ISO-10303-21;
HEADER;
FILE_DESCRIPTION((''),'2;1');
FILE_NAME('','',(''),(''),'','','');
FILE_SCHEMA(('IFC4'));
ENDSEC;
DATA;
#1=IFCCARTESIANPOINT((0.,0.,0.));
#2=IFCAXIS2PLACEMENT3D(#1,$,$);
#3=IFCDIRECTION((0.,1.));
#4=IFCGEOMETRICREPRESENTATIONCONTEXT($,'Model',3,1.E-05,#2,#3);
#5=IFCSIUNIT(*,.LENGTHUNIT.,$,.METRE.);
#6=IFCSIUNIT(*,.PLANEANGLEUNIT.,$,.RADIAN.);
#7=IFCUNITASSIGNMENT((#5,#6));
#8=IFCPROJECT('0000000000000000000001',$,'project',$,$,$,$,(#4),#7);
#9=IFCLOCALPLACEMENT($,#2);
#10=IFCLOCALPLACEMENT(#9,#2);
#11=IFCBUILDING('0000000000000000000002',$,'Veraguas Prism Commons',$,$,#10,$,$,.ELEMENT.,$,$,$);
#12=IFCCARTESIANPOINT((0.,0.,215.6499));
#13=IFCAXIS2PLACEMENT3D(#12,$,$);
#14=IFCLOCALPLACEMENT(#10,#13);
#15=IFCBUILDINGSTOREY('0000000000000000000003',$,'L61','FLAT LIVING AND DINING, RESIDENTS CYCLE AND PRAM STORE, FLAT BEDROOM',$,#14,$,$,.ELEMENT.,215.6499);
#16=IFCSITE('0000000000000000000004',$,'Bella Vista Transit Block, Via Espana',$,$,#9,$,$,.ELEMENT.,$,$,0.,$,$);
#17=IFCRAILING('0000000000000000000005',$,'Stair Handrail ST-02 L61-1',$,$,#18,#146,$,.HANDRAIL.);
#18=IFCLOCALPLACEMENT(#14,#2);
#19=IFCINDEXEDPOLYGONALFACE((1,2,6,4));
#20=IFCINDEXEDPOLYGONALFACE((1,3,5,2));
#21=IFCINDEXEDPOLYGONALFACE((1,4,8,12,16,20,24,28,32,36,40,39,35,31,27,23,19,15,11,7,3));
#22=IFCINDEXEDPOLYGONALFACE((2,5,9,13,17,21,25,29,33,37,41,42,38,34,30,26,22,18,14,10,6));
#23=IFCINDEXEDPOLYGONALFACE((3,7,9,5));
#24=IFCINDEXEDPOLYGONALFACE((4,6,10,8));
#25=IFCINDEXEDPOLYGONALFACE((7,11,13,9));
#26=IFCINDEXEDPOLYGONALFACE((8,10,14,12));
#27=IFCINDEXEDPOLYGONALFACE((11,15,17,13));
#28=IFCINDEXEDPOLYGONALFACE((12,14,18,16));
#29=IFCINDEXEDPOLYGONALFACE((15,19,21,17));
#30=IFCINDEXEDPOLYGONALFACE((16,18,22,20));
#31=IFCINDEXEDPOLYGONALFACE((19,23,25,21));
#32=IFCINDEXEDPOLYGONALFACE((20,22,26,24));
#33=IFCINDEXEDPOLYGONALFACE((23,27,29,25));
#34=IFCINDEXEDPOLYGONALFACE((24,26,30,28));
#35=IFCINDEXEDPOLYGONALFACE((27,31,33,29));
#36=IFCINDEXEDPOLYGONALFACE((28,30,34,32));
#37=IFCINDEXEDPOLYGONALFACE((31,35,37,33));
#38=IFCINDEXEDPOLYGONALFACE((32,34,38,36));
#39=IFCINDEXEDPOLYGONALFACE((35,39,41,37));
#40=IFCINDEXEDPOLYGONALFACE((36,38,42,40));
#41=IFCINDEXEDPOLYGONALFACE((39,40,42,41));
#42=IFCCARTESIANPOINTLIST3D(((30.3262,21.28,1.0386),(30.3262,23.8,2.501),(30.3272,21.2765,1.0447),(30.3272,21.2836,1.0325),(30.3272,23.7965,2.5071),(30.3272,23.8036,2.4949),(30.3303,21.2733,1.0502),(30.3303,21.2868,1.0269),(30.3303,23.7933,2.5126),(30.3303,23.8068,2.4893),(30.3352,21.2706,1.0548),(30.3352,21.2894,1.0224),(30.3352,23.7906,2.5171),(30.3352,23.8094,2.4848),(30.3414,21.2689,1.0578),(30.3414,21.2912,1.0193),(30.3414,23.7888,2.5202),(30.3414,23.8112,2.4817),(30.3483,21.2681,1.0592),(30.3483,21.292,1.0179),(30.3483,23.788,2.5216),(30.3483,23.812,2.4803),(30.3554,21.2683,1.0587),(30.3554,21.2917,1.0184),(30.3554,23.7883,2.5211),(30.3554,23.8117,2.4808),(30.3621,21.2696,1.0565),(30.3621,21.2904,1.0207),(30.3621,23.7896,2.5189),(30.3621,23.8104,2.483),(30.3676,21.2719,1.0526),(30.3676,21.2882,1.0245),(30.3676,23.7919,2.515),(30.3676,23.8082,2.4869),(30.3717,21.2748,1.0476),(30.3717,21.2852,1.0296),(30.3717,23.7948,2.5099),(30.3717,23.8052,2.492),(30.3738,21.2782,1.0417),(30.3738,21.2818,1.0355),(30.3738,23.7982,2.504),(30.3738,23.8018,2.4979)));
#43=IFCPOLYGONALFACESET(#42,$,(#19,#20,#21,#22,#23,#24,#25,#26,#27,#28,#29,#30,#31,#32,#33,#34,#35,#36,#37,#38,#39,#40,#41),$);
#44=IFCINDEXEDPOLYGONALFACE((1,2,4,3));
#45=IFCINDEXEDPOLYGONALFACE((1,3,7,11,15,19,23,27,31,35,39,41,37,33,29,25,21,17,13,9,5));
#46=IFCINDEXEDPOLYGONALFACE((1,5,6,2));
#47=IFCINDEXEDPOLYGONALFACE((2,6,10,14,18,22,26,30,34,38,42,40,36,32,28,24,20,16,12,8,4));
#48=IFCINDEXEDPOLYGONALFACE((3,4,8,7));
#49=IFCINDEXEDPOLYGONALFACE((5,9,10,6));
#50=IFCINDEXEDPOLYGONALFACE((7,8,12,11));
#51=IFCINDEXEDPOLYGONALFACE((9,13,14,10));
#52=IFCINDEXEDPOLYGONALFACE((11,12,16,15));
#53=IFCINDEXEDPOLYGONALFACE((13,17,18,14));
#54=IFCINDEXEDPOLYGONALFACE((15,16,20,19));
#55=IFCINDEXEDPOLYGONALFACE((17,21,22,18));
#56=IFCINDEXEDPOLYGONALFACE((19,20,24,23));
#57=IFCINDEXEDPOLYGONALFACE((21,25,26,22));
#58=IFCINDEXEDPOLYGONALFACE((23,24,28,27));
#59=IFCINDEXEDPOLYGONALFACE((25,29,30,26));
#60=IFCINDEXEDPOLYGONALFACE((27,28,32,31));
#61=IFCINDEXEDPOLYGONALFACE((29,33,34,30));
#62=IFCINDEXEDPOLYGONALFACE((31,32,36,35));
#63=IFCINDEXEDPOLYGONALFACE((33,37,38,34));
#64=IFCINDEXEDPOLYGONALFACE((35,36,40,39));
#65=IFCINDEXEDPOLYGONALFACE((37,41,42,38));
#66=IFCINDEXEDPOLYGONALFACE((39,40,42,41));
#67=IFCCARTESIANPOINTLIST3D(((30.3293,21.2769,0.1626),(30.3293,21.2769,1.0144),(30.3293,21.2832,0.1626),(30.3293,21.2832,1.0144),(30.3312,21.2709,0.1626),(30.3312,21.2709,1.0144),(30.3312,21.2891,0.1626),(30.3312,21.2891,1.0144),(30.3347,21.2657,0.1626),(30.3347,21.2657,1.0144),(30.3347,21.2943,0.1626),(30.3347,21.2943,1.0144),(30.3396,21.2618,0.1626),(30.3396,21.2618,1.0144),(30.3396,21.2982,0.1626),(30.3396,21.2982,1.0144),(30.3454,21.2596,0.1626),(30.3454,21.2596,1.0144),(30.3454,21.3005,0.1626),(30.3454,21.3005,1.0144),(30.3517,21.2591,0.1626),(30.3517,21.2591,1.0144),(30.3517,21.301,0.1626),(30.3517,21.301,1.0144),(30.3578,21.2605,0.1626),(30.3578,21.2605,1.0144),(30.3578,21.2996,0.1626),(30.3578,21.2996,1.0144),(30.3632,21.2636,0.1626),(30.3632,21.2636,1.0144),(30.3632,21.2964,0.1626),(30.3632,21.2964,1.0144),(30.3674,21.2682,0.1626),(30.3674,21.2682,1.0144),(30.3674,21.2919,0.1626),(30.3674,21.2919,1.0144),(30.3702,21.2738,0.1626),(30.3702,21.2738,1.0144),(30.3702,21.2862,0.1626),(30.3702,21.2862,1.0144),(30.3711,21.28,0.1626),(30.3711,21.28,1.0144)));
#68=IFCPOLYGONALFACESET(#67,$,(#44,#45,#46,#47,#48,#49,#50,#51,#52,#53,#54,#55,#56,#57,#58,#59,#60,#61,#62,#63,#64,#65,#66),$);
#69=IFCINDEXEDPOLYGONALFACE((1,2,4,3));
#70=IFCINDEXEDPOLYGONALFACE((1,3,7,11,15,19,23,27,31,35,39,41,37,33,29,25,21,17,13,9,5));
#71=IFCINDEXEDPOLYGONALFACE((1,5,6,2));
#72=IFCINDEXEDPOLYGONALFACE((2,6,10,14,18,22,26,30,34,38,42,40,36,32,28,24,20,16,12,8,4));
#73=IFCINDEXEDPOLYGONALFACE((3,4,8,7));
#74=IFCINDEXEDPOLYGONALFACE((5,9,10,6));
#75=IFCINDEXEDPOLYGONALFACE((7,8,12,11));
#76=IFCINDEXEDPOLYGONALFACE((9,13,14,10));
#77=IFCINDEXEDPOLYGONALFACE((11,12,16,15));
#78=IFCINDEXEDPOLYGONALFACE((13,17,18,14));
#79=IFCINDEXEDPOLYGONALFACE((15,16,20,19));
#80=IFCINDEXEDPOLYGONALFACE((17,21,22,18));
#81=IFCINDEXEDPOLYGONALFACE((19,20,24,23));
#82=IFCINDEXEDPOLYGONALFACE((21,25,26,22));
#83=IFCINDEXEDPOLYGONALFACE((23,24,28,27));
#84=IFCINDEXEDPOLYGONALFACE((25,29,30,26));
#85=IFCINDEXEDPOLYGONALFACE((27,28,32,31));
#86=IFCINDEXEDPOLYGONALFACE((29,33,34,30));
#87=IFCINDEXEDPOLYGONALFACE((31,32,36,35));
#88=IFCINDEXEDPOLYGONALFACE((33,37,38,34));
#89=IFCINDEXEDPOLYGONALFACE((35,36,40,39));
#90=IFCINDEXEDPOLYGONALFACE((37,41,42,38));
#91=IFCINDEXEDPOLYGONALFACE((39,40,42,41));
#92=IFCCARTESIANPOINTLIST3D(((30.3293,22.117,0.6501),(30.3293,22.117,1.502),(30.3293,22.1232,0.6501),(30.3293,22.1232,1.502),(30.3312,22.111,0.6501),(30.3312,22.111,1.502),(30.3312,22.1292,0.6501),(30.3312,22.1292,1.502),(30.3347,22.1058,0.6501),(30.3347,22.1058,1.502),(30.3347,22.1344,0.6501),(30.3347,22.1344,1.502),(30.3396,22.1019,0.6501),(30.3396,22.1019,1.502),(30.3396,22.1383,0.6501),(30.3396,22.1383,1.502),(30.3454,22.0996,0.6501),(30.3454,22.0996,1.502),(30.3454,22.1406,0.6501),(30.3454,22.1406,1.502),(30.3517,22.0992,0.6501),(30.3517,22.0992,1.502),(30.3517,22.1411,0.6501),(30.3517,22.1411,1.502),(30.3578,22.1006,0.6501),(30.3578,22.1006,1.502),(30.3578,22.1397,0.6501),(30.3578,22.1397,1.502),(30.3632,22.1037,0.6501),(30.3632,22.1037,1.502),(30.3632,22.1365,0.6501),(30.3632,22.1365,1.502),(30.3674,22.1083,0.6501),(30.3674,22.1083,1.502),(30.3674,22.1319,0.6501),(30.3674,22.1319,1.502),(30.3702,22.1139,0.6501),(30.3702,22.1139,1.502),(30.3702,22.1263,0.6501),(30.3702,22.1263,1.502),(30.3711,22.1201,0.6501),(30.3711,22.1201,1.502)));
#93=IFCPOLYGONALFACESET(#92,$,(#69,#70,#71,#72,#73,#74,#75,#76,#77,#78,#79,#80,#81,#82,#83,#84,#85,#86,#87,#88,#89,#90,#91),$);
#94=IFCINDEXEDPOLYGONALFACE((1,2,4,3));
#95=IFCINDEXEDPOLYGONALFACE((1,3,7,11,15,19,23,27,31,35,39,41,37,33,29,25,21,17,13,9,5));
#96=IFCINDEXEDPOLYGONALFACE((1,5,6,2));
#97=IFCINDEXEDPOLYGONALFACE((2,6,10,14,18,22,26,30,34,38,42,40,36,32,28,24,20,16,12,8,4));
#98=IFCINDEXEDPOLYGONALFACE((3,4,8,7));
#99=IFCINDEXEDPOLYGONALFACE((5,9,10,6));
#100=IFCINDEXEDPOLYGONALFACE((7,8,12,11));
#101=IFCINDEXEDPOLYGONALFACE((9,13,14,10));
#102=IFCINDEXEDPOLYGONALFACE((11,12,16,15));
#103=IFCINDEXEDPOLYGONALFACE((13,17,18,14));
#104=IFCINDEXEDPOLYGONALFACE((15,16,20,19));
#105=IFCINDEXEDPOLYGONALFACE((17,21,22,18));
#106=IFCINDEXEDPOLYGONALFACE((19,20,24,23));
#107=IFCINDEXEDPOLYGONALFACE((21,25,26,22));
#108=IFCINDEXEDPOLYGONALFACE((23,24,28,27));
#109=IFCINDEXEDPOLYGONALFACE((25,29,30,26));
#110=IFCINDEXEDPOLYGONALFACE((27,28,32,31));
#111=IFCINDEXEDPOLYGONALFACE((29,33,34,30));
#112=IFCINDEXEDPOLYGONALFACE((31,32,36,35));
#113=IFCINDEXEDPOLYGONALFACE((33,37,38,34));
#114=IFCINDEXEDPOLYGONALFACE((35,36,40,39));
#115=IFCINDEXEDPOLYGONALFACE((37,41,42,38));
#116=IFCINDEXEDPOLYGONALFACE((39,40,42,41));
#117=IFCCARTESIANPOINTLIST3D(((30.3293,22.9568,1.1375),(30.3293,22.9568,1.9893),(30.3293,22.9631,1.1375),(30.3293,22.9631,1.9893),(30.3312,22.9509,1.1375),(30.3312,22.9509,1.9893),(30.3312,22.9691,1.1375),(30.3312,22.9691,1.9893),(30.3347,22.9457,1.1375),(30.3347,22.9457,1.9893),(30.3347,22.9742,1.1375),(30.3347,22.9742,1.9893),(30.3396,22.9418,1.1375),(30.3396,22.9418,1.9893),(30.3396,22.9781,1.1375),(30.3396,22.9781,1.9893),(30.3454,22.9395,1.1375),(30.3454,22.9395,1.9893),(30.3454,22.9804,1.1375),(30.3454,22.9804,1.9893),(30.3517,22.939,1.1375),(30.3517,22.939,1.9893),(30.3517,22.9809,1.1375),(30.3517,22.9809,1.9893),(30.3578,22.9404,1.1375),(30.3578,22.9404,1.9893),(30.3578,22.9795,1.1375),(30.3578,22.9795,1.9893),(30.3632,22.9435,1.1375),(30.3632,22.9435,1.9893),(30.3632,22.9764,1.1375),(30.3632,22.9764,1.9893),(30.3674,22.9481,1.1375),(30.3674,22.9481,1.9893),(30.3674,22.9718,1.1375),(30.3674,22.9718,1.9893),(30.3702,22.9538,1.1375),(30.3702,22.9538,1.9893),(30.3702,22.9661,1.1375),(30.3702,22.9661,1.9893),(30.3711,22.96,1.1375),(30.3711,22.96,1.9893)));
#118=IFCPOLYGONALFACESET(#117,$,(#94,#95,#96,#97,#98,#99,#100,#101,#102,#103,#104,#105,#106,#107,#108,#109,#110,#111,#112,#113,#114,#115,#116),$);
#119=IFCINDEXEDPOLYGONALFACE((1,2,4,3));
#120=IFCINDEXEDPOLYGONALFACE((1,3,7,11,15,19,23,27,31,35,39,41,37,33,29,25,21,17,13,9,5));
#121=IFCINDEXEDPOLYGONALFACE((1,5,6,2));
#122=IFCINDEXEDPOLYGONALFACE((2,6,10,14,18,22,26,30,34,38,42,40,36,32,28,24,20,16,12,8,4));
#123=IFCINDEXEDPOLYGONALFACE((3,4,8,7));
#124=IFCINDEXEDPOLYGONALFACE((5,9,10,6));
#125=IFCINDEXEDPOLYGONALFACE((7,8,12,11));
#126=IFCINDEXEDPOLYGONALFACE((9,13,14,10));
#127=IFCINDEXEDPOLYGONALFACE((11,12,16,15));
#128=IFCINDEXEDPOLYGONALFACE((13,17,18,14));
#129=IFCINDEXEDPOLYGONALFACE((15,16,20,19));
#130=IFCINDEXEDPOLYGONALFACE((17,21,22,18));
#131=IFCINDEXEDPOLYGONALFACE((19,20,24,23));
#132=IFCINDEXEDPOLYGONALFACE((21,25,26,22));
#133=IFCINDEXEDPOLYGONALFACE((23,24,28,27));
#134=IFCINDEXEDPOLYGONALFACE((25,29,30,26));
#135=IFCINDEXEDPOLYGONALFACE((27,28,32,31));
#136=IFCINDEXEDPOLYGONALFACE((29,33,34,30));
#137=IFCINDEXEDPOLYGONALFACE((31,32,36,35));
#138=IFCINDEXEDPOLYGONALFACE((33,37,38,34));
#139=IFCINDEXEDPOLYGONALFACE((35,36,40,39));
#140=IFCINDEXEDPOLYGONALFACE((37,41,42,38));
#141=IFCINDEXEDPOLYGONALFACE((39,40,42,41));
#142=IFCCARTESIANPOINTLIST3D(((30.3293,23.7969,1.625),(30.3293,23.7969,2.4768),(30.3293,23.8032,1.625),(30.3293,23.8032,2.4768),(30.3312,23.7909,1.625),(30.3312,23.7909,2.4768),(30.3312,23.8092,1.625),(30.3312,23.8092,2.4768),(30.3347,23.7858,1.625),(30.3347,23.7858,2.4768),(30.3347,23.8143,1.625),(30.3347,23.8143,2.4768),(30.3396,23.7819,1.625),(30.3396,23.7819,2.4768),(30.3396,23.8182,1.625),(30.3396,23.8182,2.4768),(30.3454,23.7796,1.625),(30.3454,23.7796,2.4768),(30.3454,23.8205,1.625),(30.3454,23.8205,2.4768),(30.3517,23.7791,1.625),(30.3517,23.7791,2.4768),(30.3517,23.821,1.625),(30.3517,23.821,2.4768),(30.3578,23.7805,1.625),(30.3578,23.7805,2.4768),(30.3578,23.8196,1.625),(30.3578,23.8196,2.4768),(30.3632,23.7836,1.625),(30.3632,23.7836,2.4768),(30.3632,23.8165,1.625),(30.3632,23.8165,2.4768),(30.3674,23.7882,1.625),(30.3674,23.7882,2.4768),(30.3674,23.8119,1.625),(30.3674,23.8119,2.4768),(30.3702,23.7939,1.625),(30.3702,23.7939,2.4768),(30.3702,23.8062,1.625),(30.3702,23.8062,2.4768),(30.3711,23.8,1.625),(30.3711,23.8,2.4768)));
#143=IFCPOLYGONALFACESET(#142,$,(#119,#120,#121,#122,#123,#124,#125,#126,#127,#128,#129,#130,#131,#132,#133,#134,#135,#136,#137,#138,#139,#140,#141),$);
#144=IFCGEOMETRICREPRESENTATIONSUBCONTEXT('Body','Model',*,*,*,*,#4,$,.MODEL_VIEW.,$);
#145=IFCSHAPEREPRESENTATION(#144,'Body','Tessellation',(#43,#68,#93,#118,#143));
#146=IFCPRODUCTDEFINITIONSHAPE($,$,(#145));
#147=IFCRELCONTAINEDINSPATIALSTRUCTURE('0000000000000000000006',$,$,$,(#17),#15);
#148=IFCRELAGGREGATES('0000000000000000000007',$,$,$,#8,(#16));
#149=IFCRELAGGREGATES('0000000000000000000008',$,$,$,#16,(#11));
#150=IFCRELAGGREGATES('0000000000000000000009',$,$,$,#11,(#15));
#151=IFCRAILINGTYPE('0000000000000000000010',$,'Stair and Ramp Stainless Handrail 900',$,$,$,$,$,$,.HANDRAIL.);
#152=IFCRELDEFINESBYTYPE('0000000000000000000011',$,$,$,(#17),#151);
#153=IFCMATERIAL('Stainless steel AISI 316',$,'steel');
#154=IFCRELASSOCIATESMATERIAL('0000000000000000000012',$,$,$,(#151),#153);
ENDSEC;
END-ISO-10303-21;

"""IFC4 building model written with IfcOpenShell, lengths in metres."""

from ifc_helpers import new_model, si_unit, direction, frame, origin, origin_2d, place, context, subcontext, project, spatial, circle, extrude, material, type_object, element, save


model = new_model("IFC4")

# Units and contexts
model_context = context("Model", 3, precision=1e-05, world=origin(), true_north=direction((0.0, 1.0)))
body_context = subcontext(model_context, "Body", "Model", "MODEL_VIEW")
ifc_project = project(units=[si_unit("LENGTHUNIT", "METRE"), si_unit("PLANEANGLEUNIT", "RADIAN")], contexts=[model_context])

# Site, building, storey
site_placement = place(None, origin())
site = spatial("IfcSite", under=ifc_project, at=site_placement, Name="Bella Vista Transit Block, Via Espana", CompositionType="ELEMENT", RefElevation=0.0)
building_placement = place(site_placement, origin())
building = spatial("IfcBuilding", under=site, at=building_placement, Name="Veraguas Prism Commons", CompositionType="ELEMENT")
storey_placement = place(building_placement, frame((0.0, 0.0, 215.6499)))
storey = spatial("IfcBuildingStorey", under=building, at=storey_placement, Name="L61", Description="FLAT LIVING AND DINING, RESIDENTS CYCLE AND PRAM STORE, FLAT BEDROOM", CompositionType="ELEMENT", Elevation=215.6499)

# Railing
ifc_material_1 = material(Name="Stainless steel AISI 316", Category="steel")
railing_type_1 = type_object("IfcRailingType", Name="Stair and Ramp Stainless Handrail 900", PredefinedType="HANDRAIL", material=ifc_material_1)
railing_1_placement = place(storey_placement, frame((30.3501, 21.28, 0.1626)))
element("IfcRailing", 1, at=railing_1_placement, inside=storey, type_object=railing_type_1, Name="Stair Handrail ST-02 L61-1", PredefinedType="HANDRAIL", context=body_context, shape_type="SweptSolid", body=[
    extrude(circle(Radius=0.0239, at=origin_2d()), frame((0.0, 0.0, 0.876), z_axis=(0.0, 0.864913, 0.501921), x_axis=(-1.0, 0.0, 0.0)), (0.0, 0.0, 1.0), 2.9136),
    extrude(circle(Radius=0.021, at=origin_2d()), origin(), (0.0, 0.0, 1.0), 0.8518),
    extrude(circle(Radius=0.021, at=origin_2d()), frame((0.0, 0.8401, 0.4875)), (0.0, 0.0, 1.0), 0.8518),
    extrude(circle(Radius=0.021, at=origin_2d()), frame((0.0, 1.6799, 0.9749)), (0.0, 0.0, 1.0), 0.8518),
    extrude(circle(Radius=0.021, at=origin_2d()), frame((0.0, 2.52, 1.4624)), (0.0, 0.0, 1.0), 0.8518),
])

save(model, "model.ifc")
